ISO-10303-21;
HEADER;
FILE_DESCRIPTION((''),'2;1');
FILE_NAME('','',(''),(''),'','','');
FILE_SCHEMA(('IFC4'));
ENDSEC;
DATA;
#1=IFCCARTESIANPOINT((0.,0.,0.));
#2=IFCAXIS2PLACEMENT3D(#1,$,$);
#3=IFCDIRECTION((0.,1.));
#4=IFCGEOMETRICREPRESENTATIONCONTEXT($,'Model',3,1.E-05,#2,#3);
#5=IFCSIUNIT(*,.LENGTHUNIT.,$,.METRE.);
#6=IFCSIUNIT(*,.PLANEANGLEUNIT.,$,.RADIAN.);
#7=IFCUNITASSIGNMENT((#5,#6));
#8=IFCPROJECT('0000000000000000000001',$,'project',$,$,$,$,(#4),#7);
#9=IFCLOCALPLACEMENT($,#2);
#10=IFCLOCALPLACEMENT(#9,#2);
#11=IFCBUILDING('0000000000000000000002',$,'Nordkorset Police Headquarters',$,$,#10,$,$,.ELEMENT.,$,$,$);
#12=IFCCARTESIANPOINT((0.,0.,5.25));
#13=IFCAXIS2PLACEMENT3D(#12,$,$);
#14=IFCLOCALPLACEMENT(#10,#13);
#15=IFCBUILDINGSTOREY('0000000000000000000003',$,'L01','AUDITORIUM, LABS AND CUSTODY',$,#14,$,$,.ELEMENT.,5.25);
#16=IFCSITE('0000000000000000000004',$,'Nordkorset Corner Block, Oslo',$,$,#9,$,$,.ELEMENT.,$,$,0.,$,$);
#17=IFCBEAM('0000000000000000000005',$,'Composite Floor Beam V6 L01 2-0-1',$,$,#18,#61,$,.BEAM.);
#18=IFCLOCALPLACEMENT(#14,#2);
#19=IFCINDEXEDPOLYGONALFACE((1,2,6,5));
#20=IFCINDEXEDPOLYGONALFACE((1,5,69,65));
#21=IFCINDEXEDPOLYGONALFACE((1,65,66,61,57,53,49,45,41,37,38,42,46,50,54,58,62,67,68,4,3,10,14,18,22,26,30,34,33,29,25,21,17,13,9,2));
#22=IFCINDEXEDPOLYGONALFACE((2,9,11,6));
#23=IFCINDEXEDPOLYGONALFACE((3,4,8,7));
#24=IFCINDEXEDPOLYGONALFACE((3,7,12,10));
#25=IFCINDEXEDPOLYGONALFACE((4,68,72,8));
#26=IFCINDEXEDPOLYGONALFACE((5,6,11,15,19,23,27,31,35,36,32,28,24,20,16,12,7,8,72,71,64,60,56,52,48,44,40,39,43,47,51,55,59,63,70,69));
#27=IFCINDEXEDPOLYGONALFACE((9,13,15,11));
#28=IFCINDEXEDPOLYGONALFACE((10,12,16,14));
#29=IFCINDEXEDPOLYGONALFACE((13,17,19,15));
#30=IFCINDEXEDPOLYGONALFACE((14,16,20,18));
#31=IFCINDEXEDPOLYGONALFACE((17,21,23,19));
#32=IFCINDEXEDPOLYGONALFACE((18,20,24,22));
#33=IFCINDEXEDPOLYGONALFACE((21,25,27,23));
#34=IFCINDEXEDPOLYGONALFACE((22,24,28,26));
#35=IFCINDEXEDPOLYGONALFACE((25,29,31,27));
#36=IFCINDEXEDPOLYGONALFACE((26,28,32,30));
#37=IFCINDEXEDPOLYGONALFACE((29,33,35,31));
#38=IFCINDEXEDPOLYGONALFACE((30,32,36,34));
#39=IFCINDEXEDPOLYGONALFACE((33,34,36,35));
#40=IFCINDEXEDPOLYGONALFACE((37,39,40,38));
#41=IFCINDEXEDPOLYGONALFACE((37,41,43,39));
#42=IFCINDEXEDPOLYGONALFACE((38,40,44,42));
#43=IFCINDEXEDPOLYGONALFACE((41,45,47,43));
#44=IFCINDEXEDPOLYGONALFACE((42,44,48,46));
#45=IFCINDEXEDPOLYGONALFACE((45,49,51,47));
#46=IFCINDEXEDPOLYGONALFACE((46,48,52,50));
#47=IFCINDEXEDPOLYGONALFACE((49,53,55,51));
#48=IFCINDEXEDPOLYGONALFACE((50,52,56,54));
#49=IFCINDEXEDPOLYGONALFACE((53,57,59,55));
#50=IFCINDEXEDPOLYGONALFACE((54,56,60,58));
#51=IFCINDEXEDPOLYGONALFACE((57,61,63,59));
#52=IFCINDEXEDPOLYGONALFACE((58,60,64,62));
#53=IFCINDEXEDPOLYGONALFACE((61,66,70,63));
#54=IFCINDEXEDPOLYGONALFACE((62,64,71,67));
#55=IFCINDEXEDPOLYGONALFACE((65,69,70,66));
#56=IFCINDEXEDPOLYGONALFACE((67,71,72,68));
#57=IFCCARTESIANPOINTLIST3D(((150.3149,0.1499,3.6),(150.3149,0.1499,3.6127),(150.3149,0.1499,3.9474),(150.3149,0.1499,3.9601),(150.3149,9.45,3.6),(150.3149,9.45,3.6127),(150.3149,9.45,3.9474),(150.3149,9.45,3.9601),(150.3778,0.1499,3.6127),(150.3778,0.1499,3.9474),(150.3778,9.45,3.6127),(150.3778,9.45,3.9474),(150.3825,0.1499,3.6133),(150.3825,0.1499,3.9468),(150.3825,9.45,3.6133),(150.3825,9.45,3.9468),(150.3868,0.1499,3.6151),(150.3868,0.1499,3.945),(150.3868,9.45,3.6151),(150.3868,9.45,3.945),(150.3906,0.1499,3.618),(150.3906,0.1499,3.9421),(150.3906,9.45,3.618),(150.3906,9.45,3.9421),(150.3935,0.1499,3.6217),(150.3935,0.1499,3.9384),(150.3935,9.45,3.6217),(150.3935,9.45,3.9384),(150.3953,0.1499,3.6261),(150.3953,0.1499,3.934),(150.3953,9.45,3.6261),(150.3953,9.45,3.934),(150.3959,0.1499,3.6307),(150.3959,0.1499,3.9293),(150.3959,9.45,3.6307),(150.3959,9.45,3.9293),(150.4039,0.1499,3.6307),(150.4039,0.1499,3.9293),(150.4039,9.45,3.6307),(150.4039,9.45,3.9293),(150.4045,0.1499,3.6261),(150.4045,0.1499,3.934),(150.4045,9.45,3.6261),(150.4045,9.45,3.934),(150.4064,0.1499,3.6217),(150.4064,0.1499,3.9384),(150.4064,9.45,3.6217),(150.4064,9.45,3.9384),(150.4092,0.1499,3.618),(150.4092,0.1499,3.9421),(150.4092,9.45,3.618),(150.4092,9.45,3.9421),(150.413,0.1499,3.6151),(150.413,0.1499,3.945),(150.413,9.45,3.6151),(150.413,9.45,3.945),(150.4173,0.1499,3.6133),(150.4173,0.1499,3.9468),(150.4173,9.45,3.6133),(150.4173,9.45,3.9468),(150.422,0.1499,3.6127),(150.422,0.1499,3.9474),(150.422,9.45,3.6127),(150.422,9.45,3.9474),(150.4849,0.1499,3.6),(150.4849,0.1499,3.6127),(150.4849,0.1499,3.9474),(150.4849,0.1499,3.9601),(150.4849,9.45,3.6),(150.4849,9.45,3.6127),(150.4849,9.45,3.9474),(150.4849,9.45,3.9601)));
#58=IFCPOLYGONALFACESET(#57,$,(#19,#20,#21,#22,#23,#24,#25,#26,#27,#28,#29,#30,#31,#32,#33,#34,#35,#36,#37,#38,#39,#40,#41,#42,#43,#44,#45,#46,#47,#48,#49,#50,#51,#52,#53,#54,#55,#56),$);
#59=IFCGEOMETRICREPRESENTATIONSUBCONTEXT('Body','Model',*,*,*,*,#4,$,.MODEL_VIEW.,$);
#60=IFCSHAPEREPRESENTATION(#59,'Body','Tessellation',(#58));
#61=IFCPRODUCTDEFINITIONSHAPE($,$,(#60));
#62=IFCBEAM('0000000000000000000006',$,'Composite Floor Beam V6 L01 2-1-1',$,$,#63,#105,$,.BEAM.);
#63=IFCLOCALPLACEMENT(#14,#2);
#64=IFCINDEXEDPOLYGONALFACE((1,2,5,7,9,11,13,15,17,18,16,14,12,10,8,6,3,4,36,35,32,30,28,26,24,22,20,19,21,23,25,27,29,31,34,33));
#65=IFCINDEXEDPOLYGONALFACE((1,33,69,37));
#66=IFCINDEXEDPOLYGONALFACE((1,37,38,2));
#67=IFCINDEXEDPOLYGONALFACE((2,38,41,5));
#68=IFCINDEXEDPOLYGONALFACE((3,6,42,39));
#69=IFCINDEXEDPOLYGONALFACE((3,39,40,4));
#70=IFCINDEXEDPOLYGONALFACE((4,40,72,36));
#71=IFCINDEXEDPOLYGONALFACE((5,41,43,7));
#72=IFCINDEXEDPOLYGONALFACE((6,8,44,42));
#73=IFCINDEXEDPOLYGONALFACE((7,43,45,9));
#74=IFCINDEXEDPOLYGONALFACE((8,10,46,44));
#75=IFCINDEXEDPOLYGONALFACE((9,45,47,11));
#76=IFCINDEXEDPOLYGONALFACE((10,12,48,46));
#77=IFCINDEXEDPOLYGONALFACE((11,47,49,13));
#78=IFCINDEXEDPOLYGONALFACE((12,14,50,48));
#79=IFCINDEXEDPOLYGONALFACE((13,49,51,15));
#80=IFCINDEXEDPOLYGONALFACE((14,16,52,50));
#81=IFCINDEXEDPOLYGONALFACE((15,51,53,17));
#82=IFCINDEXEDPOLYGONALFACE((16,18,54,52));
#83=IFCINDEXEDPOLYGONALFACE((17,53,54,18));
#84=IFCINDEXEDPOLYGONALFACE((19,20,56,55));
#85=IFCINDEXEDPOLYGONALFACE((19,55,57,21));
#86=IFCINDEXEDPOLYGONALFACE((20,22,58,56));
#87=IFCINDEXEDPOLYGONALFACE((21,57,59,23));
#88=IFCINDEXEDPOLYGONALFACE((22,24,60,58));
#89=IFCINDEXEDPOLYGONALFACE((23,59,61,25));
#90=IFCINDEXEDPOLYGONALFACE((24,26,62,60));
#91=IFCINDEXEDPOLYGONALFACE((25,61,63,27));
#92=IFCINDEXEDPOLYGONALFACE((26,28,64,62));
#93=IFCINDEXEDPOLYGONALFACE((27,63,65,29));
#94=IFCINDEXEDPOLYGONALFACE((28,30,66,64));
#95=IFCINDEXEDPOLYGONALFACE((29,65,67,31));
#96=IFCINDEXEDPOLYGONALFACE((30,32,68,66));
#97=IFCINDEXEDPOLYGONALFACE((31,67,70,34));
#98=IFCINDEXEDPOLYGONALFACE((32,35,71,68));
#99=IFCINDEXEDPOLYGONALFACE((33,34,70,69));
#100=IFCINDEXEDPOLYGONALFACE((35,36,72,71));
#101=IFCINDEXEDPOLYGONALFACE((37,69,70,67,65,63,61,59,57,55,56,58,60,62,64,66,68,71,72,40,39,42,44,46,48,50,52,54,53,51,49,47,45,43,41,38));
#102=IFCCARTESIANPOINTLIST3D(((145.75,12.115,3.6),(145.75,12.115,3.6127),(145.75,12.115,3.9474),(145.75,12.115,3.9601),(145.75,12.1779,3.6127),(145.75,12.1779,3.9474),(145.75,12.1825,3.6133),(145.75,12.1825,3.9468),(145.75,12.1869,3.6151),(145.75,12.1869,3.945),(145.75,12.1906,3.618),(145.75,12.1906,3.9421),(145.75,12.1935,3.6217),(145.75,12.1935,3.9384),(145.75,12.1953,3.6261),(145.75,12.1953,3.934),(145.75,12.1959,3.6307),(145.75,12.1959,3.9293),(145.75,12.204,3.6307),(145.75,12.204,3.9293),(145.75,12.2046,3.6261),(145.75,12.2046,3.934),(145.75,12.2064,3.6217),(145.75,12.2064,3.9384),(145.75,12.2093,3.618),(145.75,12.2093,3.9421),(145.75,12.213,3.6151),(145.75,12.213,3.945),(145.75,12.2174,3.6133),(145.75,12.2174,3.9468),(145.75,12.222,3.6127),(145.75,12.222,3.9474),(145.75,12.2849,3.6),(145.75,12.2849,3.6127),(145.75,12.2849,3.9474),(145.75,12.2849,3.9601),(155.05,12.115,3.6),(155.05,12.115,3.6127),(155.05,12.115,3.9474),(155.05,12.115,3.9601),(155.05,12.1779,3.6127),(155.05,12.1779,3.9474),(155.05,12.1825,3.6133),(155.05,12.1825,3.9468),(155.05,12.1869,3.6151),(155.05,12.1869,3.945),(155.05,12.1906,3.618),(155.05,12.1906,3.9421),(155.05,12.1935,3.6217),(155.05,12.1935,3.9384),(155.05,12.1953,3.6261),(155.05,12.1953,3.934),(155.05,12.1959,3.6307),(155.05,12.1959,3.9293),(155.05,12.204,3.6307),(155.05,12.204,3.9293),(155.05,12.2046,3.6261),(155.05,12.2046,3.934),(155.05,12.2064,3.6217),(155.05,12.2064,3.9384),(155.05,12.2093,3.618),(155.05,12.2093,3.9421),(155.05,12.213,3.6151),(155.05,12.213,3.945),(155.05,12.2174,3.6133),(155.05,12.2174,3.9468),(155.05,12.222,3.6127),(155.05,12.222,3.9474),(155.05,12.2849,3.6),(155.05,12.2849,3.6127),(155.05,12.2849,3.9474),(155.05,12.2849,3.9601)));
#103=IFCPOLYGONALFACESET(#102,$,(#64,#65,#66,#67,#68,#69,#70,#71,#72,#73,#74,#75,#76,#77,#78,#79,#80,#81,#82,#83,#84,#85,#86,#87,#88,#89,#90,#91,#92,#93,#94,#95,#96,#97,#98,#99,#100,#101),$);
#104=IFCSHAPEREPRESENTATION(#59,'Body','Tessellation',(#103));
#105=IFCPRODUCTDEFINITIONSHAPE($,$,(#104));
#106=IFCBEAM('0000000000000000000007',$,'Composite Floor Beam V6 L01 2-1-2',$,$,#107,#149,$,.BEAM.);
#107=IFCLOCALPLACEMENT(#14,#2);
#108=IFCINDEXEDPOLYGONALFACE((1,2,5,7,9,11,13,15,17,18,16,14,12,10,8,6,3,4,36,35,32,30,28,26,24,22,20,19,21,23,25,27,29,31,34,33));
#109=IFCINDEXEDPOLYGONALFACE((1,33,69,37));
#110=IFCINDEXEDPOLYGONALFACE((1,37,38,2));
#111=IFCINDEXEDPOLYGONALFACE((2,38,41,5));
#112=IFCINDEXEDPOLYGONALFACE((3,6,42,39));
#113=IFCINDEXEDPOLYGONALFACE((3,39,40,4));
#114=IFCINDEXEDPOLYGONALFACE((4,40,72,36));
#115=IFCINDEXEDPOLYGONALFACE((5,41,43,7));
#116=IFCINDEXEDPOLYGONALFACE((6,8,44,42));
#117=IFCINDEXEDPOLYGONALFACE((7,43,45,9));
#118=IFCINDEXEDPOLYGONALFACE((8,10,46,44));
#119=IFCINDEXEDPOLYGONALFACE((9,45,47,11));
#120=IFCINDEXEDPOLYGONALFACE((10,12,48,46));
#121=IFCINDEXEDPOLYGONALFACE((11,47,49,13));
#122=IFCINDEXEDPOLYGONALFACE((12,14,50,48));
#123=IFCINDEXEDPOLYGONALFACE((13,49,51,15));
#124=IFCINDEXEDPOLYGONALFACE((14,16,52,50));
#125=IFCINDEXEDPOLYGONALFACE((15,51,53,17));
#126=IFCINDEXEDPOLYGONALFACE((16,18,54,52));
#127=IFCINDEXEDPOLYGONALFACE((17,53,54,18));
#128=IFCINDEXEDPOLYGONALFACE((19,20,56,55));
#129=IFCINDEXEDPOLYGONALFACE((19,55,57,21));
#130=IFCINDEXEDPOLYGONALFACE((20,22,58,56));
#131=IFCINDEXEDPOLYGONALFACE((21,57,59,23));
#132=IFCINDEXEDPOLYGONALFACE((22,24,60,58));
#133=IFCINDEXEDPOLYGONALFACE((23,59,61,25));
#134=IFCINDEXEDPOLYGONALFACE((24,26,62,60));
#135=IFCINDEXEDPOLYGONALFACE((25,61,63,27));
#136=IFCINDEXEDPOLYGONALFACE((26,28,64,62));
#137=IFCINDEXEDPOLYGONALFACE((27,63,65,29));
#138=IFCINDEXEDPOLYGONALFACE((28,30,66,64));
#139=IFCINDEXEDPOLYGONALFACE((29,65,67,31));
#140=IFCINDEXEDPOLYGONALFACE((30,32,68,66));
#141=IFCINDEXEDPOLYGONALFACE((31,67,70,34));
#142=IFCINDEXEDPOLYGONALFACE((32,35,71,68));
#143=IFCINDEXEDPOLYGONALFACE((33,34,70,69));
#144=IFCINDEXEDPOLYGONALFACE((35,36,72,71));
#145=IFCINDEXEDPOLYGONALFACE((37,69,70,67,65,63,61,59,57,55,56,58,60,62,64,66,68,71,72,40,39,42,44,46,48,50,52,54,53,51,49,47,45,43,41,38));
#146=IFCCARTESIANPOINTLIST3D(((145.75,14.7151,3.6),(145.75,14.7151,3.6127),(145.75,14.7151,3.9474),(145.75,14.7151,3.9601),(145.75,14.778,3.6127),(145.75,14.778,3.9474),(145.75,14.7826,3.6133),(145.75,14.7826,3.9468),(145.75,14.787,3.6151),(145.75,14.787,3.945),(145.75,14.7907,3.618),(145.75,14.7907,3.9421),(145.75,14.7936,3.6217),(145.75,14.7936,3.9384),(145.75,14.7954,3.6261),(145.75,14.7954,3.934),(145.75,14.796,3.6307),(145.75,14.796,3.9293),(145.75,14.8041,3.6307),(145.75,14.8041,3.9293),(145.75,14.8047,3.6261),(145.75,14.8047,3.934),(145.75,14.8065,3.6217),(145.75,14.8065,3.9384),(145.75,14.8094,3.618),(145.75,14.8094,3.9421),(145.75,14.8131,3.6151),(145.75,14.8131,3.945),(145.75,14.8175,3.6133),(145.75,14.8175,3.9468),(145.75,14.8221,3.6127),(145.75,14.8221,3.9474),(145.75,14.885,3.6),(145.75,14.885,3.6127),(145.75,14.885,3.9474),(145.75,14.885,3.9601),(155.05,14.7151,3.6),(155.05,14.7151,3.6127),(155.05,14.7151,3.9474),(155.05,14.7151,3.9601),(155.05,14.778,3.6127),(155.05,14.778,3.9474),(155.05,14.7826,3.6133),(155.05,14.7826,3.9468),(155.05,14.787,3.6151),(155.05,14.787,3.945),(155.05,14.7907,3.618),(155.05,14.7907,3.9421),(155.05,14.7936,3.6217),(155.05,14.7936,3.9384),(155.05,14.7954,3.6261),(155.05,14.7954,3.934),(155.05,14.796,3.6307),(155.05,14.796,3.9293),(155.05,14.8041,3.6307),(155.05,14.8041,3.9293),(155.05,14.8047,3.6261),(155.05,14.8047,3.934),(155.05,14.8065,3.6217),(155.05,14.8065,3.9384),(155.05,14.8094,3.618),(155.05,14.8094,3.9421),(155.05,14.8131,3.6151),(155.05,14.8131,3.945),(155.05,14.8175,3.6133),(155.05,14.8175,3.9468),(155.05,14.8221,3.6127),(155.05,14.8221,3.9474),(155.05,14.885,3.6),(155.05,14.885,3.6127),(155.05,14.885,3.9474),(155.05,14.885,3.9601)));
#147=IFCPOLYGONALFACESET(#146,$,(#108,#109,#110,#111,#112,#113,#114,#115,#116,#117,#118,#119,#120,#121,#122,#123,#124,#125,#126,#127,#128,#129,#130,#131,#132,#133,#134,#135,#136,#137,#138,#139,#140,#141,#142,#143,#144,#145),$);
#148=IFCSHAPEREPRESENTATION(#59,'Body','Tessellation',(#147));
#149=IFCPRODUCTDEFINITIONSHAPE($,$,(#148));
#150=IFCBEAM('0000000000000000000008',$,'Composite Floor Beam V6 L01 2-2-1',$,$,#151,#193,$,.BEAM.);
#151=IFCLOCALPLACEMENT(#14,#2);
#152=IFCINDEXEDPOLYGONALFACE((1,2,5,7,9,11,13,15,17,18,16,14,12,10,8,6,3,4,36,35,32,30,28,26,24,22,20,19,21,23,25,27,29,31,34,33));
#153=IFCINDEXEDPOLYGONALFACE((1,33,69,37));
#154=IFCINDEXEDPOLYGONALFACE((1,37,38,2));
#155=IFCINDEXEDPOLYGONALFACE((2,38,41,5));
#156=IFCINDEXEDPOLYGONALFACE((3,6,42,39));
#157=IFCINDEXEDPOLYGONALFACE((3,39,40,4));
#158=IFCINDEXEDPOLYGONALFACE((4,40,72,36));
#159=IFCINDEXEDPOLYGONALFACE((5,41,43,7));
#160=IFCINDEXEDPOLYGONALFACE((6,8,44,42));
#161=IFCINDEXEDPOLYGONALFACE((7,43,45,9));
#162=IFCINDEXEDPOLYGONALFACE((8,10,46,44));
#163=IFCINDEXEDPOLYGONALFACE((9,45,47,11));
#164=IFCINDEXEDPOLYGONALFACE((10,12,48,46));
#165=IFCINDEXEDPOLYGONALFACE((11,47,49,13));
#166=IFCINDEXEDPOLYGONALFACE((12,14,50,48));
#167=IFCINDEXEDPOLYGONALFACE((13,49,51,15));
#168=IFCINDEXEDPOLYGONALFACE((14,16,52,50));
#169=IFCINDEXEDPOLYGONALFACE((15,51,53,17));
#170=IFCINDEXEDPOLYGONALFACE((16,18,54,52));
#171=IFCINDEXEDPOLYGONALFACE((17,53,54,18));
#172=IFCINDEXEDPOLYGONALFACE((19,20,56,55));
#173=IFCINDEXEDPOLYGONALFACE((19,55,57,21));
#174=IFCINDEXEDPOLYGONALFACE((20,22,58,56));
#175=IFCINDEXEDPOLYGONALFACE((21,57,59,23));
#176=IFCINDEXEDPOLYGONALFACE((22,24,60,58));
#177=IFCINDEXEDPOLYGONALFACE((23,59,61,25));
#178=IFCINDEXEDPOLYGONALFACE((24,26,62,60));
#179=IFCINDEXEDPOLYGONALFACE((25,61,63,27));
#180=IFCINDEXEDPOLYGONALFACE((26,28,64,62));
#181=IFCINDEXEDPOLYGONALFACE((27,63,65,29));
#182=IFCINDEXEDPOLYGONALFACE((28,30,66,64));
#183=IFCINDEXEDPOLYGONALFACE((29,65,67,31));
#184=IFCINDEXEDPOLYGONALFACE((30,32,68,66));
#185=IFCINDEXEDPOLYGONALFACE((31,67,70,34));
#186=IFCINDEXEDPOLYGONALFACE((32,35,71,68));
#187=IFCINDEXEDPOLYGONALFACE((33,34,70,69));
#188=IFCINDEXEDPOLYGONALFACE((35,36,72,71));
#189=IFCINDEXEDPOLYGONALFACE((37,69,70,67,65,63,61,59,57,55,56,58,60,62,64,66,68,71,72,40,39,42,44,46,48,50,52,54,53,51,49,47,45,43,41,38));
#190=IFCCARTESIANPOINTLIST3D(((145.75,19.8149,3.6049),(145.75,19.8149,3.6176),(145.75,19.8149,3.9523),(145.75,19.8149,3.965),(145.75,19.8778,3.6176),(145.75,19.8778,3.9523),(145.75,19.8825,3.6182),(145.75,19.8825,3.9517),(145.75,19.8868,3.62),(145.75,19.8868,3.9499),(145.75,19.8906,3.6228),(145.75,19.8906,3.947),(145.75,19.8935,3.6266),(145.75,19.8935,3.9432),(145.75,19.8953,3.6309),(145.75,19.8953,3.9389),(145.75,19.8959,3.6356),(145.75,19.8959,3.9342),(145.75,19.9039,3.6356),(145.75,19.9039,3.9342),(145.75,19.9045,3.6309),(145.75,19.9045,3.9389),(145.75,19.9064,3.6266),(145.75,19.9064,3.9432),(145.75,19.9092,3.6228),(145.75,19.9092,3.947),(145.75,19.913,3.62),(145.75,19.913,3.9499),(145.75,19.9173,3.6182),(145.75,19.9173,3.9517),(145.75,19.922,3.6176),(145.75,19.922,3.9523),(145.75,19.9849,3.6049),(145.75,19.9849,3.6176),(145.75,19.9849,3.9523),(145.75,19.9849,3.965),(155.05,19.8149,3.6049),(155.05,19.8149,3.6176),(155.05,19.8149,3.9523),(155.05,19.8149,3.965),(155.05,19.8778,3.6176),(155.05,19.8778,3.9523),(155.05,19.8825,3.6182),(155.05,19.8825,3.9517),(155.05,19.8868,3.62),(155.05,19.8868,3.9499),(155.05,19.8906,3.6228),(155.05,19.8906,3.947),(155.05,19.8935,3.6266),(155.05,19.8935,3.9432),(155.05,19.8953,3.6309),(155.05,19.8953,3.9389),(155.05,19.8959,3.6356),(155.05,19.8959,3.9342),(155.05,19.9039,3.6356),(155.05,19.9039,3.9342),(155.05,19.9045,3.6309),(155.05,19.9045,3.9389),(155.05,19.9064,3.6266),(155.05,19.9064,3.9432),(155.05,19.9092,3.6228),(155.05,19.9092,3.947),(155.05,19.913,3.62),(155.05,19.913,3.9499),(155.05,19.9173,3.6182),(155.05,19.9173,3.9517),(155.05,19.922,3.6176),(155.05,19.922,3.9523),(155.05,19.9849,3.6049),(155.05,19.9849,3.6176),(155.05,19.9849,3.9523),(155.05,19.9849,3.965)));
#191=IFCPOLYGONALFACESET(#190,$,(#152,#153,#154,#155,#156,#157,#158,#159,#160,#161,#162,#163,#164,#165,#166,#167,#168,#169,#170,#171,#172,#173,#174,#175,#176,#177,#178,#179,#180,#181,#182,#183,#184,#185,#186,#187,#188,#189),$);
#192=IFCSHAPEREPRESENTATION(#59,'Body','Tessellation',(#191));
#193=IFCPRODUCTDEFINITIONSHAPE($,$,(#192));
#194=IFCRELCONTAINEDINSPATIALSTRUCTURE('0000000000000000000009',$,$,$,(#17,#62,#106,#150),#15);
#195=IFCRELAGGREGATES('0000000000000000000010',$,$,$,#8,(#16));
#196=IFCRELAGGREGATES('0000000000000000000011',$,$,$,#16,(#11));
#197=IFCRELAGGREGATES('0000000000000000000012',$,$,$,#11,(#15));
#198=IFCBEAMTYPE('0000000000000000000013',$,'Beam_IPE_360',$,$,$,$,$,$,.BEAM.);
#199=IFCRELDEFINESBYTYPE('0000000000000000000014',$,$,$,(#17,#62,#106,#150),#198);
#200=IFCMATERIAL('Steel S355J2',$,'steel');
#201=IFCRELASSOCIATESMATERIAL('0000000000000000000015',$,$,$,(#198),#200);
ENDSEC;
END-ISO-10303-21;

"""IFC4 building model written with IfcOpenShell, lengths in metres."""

from ifc_helpers import new_model, si_unit, direction, frame, origin, origin_2d, place, context, subcontext, project, spatial, i_section, extrude, material, material_profile, profile_set, type_object, element, save


model = new_model("IFC4")

# Units and contexts
model_context = context("Model", 3, precision=1e-05, world=origin(), true_north=direction((0.0, 1.0)))
body_context = subcontext(model_context, "Body", "Model", "MODEL_VIEW")
ifc_project = project(units=[si_unit("LENGTHUNIT", "METRE"), si_unit("PLANEANGLEUNIT", "RADIAN")], contexts=[model_context])

# Site, building, storey
site_placement = place(None, origin())
site = spatial("IfcSite", under=ifc_project, at=site_placement, Name="Nordkorset Corner Block, Oslo", CompositionType="ELEMENT", RefElevation=0.0)
building_placement = place(site_placement, origin())
building = spatial("IfcBuilding", under=site, at=building_placement, Name="Nordkorset Police Headquarters", CompositionType="ELEMENT")
storey_placement = place(building_placement, frame((0.0, 0.0, 5.25)))
storey = spatial("IfcBuildingStorey", under=building, at=storey_placement, Name="L01", Description="AUDITORIUM, LABS AND CUSTODY", CompositionType="ELEMENT", Elevation=5.25)

# Beams
ifc_material_1 = material(Name="Steel S355J2", Category="steel")
ifc_material_profile_1 = material_profile(ifc_material_1, i_section(OverallWidth=0.1699, OverallDepth=0.3601, WebThickness=0.0081, FlangeThickness=0.0127, FilletRadius=0.0181, at=origin_2d()), Name="IPE 360")
ifc_profile_set_1 = profile_set([ifc_material_profile_1], Name="Steel S355J2")
beam_type_1 = type_object("IfcBeamType", Name="Beam_IPE_360", PredefinedType="BEAM", material=ifc_profile_set_1)
for number, where, z_axis, x_axis, name in (
    (1, (150.3999, 0.1499, 3.78), (0.0, 1.0, 0.0), (-1.0, 0.0, 0.0), "Composite Floor Beam V6 L01 2-0-1"),
    (2, (145.75, 12.2, 3.78), (1.0, 0.0, 0.0), (0.0, 1.0, 0.0), "Composite Floor Beam V6 L01 2-1-1"),
    (3, (145.75, 14.8, 3.78), (1.0, 0.0, 0.0), (0.0, 1.0, 0.0), "Composite Floor Beam V6 L01 2-1-2"),
    (4, (145.75, 19.8999, 3.7849), (1.0, 0.0, 0.0), (0.0, 1.0, 0.0), "Composite Floor Beam V6 L01 2-2-1"),
):
    element("IfcBeam", number, at=place(storey_placement, frame(where, z_axis=z_axis, x_axis=x_axis)), inside=storey, type_object=beam_type_1, Name=name, PredefinedType="BEAM", context=body_context, shape_type="SweptSolid", body=[
        extrude(i_section(OverallWidth=0.1699, OverallDepth=0.3601, WebThickness=0.0081, FlangeThickness=0.0127, FilletRadius=0.0181, at=origin_2d()), origin(), (0.0, 0.0, 1.0), 9.3),
    ])

save(model, "model.ifc")
